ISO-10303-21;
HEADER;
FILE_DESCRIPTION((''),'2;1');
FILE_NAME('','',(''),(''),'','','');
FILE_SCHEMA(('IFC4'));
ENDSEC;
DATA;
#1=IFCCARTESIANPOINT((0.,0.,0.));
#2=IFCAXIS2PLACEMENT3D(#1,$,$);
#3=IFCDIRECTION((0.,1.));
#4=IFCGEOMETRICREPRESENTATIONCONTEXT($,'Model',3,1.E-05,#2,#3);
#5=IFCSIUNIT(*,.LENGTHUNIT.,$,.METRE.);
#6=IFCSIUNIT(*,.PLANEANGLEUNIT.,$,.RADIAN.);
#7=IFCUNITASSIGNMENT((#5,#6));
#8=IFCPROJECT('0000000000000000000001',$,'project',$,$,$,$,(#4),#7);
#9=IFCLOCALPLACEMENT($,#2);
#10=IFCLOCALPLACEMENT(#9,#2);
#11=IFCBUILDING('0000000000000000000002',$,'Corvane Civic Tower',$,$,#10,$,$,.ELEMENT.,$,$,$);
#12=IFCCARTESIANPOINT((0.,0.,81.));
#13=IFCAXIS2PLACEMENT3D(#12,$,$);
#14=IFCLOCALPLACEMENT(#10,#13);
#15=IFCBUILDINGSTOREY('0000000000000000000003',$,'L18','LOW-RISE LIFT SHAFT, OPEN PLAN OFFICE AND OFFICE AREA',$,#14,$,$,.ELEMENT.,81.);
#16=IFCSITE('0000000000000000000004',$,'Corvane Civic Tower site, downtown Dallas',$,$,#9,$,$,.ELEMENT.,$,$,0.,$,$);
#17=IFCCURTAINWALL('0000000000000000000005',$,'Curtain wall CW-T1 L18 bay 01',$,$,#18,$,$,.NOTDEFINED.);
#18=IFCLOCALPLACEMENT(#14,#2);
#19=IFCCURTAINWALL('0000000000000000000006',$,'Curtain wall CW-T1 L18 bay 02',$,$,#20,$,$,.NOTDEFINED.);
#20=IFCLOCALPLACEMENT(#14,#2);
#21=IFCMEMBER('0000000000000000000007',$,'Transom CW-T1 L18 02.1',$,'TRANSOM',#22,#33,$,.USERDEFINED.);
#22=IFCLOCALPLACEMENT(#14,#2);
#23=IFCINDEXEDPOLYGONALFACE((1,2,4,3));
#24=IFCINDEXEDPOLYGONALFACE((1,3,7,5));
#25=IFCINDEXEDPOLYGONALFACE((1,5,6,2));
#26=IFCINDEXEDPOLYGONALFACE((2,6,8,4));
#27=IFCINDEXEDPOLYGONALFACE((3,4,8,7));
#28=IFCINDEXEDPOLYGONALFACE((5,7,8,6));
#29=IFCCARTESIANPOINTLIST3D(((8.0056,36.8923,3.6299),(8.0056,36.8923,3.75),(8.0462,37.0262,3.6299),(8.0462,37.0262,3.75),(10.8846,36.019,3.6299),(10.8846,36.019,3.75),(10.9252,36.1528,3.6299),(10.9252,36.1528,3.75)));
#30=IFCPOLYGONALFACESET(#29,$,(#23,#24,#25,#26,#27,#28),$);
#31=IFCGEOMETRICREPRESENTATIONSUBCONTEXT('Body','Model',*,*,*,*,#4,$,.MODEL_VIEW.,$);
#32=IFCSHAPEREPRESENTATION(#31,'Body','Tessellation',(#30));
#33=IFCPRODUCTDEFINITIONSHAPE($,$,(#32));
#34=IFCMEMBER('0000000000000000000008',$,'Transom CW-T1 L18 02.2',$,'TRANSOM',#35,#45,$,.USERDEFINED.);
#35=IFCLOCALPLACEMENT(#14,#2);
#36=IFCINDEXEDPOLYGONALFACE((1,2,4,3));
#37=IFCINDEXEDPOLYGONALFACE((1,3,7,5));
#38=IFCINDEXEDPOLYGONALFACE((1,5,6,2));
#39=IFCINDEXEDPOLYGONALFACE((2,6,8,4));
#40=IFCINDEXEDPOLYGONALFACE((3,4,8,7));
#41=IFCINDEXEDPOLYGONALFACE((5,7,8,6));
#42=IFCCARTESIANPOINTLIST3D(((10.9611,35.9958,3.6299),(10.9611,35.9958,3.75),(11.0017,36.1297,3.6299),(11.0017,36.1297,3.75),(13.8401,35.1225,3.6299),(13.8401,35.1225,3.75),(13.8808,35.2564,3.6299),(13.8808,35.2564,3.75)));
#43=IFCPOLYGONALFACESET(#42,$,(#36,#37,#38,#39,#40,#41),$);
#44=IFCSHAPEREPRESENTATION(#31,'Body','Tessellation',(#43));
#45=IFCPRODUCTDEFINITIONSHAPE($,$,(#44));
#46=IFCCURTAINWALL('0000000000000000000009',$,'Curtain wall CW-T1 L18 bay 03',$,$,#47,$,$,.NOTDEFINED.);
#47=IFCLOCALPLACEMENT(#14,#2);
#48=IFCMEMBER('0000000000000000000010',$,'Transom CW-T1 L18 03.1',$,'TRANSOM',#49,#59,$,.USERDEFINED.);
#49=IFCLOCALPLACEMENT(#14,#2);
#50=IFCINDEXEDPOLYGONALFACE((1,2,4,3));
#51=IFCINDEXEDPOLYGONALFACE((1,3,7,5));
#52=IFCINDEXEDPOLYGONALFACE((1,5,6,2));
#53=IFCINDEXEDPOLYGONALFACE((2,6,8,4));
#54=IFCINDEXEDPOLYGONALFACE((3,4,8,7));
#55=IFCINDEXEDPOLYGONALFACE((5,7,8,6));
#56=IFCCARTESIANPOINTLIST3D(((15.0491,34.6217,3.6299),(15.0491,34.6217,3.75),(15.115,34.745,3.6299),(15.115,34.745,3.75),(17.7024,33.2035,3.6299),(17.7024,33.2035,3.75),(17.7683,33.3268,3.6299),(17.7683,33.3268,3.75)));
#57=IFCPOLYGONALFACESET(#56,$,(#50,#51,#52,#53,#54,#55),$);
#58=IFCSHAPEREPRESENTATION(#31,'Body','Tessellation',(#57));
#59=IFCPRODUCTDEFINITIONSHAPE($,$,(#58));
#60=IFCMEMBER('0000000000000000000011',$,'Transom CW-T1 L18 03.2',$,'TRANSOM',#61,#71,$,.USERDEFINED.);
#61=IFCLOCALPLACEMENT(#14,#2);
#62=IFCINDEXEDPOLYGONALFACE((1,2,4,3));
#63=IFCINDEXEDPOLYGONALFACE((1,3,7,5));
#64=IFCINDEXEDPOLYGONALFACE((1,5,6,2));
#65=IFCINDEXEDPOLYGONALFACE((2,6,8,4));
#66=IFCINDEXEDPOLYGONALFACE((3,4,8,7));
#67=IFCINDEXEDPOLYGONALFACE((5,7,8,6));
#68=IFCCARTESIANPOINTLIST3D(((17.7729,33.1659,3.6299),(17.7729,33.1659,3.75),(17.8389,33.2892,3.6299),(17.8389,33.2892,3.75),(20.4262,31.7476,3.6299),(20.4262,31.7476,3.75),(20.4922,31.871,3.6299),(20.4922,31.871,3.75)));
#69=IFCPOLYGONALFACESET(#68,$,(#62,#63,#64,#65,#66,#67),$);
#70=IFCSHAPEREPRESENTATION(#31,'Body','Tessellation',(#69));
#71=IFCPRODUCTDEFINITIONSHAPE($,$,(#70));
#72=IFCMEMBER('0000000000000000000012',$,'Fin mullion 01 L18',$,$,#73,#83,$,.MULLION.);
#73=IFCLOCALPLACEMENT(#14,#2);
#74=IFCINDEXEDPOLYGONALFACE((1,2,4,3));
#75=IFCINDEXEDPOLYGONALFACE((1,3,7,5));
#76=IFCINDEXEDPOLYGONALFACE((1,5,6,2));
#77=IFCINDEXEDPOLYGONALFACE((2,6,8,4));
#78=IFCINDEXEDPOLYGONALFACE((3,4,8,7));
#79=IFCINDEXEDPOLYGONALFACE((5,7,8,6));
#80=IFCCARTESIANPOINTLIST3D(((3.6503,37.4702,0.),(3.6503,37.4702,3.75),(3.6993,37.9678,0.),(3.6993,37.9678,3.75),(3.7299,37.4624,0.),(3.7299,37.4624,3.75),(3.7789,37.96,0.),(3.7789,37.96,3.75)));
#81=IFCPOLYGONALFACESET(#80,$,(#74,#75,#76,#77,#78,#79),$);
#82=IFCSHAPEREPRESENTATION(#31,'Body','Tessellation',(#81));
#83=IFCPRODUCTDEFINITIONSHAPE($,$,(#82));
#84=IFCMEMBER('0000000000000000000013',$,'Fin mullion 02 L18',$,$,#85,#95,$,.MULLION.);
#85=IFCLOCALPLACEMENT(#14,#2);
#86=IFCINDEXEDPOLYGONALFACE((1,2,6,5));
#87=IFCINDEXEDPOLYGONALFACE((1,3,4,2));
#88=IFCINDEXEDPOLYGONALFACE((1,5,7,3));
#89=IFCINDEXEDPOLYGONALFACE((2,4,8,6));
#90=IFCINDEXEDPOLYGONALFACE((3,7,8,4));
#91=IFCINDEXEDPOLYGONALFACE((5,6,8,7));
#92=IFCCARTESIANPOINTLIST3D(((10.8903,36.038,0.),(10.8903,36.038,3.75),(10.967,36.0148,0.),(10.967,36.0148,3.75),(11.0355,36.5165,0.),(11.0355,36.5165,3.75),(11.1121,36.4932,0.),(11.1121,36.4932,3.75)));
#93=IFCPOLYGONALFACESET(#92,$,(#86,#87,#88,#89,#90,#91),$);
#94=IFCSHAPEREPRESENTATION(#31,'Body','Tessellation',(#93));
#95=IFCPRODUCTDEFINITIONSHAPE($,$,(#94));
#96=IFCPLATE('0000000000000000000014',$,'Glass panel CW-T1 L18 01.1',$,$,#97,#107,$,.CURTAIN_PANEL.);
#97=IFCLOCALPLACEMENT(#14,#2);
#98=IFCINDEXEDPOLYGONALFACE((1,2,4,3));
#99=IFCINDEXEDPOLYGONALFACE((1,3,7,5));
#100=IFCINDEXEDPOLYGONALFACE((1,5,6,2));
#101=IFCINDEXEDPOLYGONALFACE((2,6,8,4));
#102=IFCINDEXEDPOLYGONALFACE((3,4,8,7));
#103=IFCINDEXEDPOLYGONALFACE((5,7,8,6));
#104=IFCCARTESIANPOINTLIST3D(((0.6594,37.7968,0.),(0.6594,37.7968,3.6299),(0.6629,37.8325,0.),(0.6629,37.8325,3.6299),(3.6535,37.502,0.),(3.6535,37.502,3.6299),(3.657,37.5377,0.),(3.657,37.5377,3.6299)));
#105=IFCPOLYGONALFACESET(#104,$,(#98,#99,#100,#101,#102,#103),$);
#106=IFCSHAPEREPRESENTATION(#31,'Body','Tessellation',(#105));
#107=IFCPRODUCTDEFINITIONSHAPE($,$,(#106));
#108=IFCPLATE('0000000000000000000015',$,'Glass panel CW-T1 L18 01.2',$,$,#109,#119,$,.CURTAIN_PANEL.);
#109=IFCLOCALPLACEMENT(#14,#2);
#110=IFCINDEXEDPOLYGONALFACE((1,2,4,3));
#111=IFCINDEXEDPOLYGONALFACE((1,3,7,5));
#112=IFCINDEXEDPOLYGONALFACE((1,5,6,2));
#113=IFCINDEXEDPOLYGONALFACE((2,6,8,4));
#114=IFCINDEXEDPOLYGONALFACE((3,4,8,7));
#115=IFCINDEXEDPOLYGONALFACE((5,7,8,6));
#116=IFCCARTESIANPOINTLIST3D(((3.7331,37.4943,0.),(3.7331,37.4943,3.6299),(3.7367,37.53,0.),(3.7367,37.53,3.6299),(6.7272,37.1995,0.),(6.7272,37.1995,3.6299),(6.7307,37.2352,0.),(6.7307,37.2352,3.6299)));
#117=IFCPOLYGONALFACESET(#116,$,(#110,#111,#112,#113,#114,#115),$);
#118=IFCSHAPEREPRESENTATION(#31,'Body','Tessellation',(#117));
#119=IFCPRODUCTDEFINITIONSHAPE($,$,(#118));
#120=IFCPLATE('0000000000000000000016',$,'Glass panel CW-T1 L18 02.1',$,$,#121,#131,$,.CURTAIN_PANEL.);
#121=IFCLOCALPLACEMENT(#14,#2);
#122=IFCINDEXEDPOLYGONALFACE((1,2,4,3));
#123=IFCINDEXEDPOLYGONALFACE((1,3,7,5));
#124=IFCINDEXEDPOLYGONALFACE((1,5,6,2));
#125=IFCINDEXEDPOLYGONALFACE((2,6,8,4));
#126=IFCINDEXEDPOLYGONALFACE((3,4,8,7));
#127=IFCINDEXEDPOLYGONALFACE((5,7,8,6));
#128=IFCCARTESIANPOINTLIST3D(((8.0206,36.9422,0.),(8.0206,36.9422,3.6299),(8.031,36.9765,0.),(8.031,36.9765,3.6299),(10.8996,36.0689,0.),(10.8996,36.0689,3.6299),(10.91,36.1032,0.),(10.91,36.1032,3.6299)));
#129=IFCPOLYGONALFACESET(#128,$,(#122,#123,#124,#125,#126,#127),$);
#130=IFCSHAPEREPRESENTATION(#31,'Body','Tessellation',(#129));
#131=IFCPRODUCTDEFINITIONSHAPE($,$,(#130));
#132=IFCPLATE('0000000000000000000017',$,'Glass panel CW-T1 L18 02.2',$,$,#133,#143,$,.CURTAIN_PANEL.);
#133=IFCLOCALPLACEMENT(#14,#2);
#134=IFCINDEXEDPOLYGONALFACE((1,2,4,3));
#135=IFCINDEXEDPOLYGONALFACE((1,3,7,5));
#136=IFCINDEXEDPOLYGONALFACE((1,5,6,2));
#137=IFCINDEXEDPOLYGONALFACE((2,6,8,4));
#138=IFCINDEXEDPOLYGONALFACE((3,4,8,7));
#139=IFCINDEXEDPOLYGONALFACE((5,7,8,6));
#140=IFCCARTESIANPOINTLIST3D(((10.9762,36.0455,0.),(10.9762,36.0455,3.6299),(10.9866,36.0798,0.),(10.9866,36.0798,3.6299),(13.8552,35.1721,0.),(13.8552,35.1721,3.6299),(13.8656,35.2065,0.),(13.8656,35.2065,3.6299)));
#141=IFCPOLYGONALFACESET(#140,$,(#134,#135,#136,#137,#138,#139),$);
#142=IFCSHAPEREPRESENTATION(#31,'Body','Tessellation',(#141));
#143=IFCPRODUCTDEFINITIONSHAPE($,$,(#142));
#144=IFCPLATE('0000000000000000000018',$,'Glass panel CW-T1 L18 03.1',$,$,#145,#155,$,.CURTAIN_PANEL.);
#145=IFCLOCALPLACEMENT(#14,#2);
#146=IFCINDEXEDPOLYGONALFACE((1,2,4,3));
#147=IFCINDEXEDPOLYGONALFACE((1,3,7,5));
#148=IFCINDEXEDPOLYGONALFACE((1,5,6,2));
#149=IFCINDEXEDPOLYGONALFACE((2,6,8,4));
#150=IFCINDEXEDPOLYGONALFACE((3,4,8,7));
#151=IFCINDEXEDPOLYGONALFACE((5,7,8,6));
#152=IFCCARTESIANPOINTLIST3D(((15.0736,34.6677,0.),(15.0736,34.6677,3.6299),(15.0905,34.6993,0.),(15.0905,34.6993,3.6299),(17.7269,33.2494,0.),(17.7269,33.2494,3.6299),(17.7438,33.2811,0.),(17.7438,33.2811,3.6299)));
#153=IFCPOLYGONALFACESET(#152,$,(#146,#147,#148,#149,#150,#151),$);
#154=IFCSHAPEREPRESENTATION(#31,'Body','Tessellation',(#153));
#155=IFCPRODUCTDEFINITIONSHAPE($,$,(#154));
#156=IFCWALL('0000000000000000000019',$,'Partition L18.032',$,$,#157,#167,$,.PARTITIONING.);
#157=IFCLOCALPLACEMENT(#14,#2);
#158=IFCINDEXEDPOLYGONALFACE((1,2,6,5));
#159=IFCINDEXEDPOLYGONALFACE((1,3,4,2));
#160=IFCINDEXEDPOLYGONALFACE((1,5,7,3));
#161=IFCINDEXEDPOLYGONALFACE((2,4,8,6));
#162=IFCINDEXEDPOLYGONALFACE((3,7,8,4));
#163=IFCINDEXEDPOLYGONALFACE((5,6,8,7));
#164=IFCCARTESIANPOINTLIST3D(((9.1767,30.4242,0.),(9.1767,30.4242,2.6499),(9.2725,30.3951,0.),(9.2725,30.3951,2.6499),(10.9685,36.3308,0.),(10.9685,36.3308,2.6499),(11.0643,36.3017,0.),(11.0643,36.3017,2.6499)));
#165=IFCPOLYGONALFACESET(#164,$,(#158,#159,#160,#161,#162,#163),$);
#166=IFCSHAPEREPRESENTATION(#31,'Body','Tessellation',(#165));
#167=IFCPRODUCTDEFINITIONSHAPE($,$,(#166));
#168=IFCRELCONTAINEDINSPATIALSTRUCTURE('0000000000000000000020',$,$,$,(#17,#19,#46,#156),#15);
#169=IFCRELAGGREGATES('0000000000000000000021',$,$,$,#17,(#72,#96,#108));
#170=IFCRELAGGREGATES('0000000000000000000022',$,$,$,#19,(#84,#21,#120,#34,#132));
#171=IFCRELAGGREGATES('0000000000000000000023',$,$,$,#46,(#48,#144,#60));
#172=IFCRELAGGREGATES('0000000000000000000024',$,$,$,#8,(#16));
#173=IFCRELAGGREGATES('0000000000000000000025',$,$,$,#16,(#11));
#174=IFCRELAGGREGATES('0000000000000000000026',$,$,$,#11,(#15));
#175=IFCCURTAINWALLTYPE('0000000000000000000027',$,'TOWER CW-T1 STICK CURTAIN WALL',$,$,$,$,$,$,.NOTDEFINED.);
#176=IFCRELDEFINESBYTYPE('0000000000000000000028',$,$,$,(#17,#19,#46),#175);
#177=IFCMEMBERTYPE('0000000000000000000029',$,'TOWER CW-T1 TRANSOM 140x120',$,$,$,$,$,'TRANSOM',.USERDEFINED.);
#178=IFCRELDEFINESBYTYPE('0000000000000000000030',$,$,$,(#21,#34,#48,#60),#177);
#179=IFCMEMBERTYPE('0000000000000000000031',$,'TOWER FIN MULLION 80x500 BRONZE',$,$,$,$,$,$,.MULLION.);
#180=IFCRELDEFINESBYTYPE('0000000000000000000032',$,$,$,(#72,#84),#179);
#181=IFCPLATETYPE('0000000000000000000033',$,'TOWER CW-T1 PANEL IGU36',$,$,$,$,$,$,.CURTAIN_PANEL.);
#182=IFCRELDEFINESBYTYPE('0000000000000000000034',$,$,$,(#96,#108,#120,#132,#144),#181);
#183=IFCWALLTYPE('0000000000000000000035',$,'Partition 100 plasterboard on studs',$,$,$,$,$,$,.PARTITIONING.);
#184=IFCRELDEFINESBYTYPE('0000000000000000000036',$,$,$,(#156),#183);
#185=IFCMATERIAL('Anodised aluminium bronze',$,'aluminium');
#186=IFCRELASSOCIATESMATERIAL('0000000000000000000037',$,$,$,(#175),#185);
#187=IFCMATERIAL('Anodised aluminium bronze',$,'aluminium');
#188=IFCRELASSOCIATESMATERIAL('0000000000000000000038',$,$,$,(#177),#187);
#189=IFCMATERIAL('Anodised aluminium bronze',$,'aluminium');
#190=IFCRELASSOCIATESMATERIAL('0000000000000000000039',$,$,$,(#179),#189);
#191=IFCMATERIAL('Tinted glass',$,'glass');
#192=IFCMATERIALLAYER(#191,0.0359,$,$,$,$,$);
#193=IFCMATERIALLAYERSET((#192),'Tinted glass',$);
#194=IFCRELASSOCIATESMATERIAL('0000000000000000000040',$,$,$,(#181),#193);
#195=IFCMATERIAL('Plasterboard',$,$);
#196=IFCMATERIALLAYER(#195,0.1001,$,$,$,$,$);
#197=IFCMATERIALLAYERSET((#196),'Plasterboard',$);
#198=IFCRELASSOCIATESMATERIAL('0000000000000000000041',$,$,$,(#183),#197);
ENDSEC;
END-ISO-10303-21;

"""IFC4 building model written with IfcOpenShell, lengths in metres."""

from ifc_helpers import new_model, si_unit, direction, frame, frame_2d, origin, origin_2d, place, context, subcontext, project, spatial, rectangle, extrude, material, layer, layer_set, material_profile, profile_set, type_object, element, aggregate, save


model = new_model("IFC4")

# Units and contexts
model_context = context("Model", 3, precision=1e-05, world=origin(), true_north=direction((0.0, 1.0)))
body_context = subcontext(model_context, "Body", "Model", "MODEL_VIEW")
ifc_project = project(units=[si_unit("LENGTHUNIT", "METRE"), si_unit("PLANEANGLEUNIT", "RADIAN")], contexts=[model_context])

# Site, building, storey
site_placement = place(None, origin())
site = spatial("IfcSite", under=ifc_project, at=site_placement, Name="Corvane Civic Tower site, downtown Dallas", CompositionType="ELEMENT", RefElevation=0.0)
building_placement = place(site_placement, origin())
building = spatial("IfcBuilding", under=site, at=building_placement, Name="Corvane Civic Tower", CompositionType="ELEMENT")
storey_placement = place(building_placement, frame((0.0, 0.0, 81.0)))
storey = spatial("IfcBuildingStorey", under=building, at=storey_placement, Name="L18", Description="LOW-RISE LIFT SHAFT, OPEN PLAN OFFICE AND OFFICE AREA", CompositionType="ELEMENT", Elevation=81.0)

# Curtain walls, members
ifc_material_1 = material(Name="Anodised aluminium bronze", Category="aluminium")
curtain_wall_type = type_object("IfcCurtainWallType", Name="TOWER CW-T1 STICK CURTAIN WALL", PredefinedType="NOTDEFINED", material=ifc_material_1)
curtain_wall_1_placement = place(storey_placement, origin())
curtain_wall_1 = element("IfcCurtainWall", 1, at=curtain_wall_1_placement, inside=storey, type_object=curtain_wall_type, Name="Curtain wall CW-T1 L18 bay 01", PredefinedType="NOTDEFINED")
ifc_material_2 = material(Name="Anodised aluminium bronze", Category="aluminium")
ifc_material_profile_1 = material_profile(ifc_material_2, rectangle(XDim=0.1399, YDim=0.1201, at=origin_2d()), Name="TOWER CW-T1 TRANSOM 140x120")
ifc_profile_set_1 = profile_set([ifc_material_profile_1], Name="Anodised aluminium bronze")
member_type_1 = type_object("IfcMemberType", Name="TOWER CW-T1 TRANSOM 140x120", ElementType="TRANSOM", PredefinedType="USERDEFINED", material=ifc_profile_set_1)
curtain_wall_2_placement = place(storey_placement, origin())
curtain_wall_2 = element("IfcCurtainWall", 2, at=curtain_wall_2_placement, inside=storey, type_object=curtain_wall_type, Name="Curtain wall CW-T1 L18 bay 02", PredefinedType="NOTDEFINED")
member_1_placement = place(storey_placement, frame((8.0259, 36.9592, 3.6899), z_axis=(0.956942, -0.29028, 0.0), x_axis=(0.29028, 0.956942, 0.0)))
member_1 = element("IfcMember", 3, at=member_1_placement, type_object=member_type_1, Name="Transom CW-T1 L18 02.1", ObjectType="TRANSOM", PredefinedType="USERDEFINED", context=body_context, shape_type="SweptSolid", body=[
    extrude(rectangle(XDim=0.1399, YDim=0.1201, at=origin_2d()), origin(), (0.0, 0.0, 1.0), 3.0085),
])
member_2_placement = place(storey_placement, frame((10.9814, 36.0627, 3.6899), z_axis=(0.956942, -0.29028, 0.0), x_axis=(0.29028, 0.956942, 0.0)))
member_2 = element("IfcMember", 4, at=member_2_placement, type_object=member_type_1, Name="Transom CW-T1 L18 02.2", ObjectType="TRANSOM", PredefinedType="USERDEFINED", context=body_context, shape_type="SweptSolid", body=[
    extrude(rectangle(XDim=0.1399, YDim=0.1201, at=origin_2d()), origin(), (0.0, 0.0, 1.0), 3.0085),
])
curtain_wall_3_placement = place(storey_placement, origin())
curtain_wall_3 = element("IfcCurtainWall", 5, at=curtain_wall_3_placement, inside=storey, type_object=curtain_wall_type, Name="Curtain wall CW-T1 L18 bay 03", PredefinedType="NOTDEFINED")
member_3_placement = place(storey_placement, frame((15.082, 34.6833, 3.6899), z_axis=(0.881924, -0.471393, 0.0), x_axis=(0.471393, 0.881924, 0.0)))
member_3 = element("IfcMember", 6, at=member_3_placement, type_object=member_type_1, Name="Transom CW-T1 L18 03.1", ObjectType="TRANSOM", PredefinedType="USERDEFINED", context=body_context, shape_type="SweptSolid", body=[
    extrude(rectangle(XDim=0.1399, YDim=0.1201, at=origin_2d()), origin(), (0.0, 0.0, 1.0), 3.0085),
])
member_4_placement = place(storey_placement, frame((17.8059, 33.2275, 3.6899), z_axis=(0.881924, -0.471393, 0.0), x_axis=(0.471393, 0.881924, 0.0)))
member_4 = element("IfcMember", 7, at=member_4_placement, type_object=member_type_1, Name="Transom CW-T1 L18 03.2", ObjectType="TRANSOM", PredefinedType="USERDEFINED", context=body_context, shape_type="SweptSolid", body=[
    extrude(rectangle(XDim=0.1399, YDim=0.1201, at=origin_2d()), origin(), (0.0, 0.0, 1.0), 3.0085),
])

# Members
ifc_material_3 = material(Name="Anodised aluminium bronze", Category="aluminium")
ifc_material_profile_2 = material_profile(ifc_material_3, rectangle(XDim=0.0801, YDim=0.5, at=origin_2d()), Name="TOWER FIN MULLION 80x500 BRONZE")
ifc_profile_set_2 = profile_set([ifc_material_profile_2], Name="Anodised aluminium bronze")
member_type_2 = type_object("IfcMemberType", Name="TOWER FIN MULLION 80x500 BRONZE", PredefinedType="MULLION", material=ifc_profile_set_2)
member_5_placement = place(storey_placement, frame((3.7146, 37.7151, 0.0), z_axis=(0.0, 0.0, 1.0), x_axis=(0.995186, -0.098006, 0.0)))
member_5 = element("IfcMember", 8, at=member_5_placement, type_object=member_type_2, Name="Fin mullion 01 L18", PredefinedType="MULLION", context=body_context, shape_type="SweptSolid", body=[
    extrude(rectangle(XDim=0.0801, YDim=0.5, at=origin_2d()), origin(), (0.0, 0.0, 1.0), 3.75),
])
member_6_placement = place(storey_placement, frame((11.0012, 36.2656, 0.0), z_axis=(0.0, 0.0, 1.0), x_axis=(0.956942, -0.290278, 0.0)))
member_6 = element("IfcMember", 9, at=member_6_placement, type_object=member_type_2, Name="Fin mullion 02 L18", PredefinedType="MULLION", context=body_context, shape_type="SweptSolid", body=[
    extrude(rectangle(XDim=0.0801, YDim=0.5, at=origin_2d()), origin(), (0.0, 0.0, 1.0), 3.75),
])

# Plates
ifc_material_4 = material(Name="Tinted glass", Category="glass")
ifc_layer_1 = layer(ifc_material_4, 0.0359)
ifc_layer_set_1 = layer_set([ifc_layer_1], Name="Tinted glass")
plate_type = type_object("IfcPlateType", Name="TOWER CW-T1 PANEL IGU36", PredefinedType="CURTAIN_PANEL", material=ifc_layer_set_1)
plate_1_placement = place(storey_placement, frame((2.1582, 37.6672, 0.0), z_axis=(0.0, 0.0, 1.0), x_axis=(0.995186, -0.098006, 0.0)))
plate_1 = element("IfcPlate", 10, at=plate_1_placement, type_object=plate_type, Name="Glass panel CW-T1 L18 01.1", PredefinedType="CURTAIN_PANEL", context=body_context, shape_type="SweptSolid", body=[
    extrude(rectangle(XDim=3.0085, YDim=0.0359, at=origin_2d()), origin(), (0.0, 0.0, 1.0), 3.6299),
])
plate_2_placement = place(storey_placement, frame((5.2319, 37.3647, 0.0), z_axis=(0.0, 0.0, 1.0), x_axis=(0.995186, -0.098006, 0.0)))
plate_2 = element("IfcPlate", 11, at=plate_2_placement, type_object=plate_type, Name="Glass panel CW-T1 L18 01.2", PredefinedType="CURTAIN_PANEL", context=body_context, shape_type="SweptSolid", body=[
    extrude(rectangle(XDim=3.0085, YDim=0.0359, at=origin_2d()), origin(), (0.0, 0.0, 1.0), 3.6299),
])
aggregate(curtain_wall_1, [member_5, plate_1, plate_2])
plate_3_placement = place(storey_placement, frame((9.4653, 36.5227, 0.0), z_axis=(0.0, 0.0, 1.0), x_axis=(0.956942, -0.290278, 0.0)))
plate_3 = element("IfcPlate", 12, at=plate_3_placement, type_object=plate_type, Name="Glass panel CW-T1 L18 02.1", PredefinedType="CURTAIN_PANEL", context=body_context, shape_type="SweptSolid", body=[
    extrude(rectangle(XDim=3.0085, YDim=0.0359, at=origin_2d()), origin(), (0.0, 0.0, 1.0), 3.6299),
])
plate_4_placement = place(storey_placement, frame((12.4209, 35.626, 0.0), z_axis=(0.0, 0.0, 1.0), x_axis=(0.956942, -0.290278, 0.0)))
plate_4 = element("IfcPlate", 13, at=plate_4_placement, type_object=plate_type, Name="Glass panel CW-T1 L18 02.2", PredefinedType="CURTAIN_PANEL", context=body_context, shape_type="SweptSolid", body=[
    extrude(rectangle(XDim=3.0085, YDim=0.0359, at=origin_2d()), origin(), (0.0, 0.0, 1.0), 3.6299),
])
aggregate(curtain_wall_2, [member_6, member_1, plate_3, member_2, plate_4])
plate_5_placement = place(storey_placement, frame((16.4087, 33.9744, 0.0), z_axis=(0.0, 0.0, 1.0), x_axis=(0.881918, -0.471404, 0.0)))
plate_5 = element("IfcPlate", 14, at=plate_5_placement, type_object=plate_type, Name="Glass panel CW-T1 L18 03.1", PredefinedType="CURTAIN_PANEL", context=body_context, shape_type="SweptSolid", body=[
    extrude(rectangle(XDim=3.0085, YDim=0.0359, at=origin_2d()), origin(), (0.0, 0.0, 1.0), 3.6299),
])
aggregate(curtain_wall_3, [member_3, plate_5, member_4])

# Wall
ifc_material_5 = material(Name="Plasterboard")
ifc_layer_2 = layer(ifc_material_5, 0.1001)
ifc_layer_set_2 = layer_set([ifc_layer_2], Name="Plasterboard")
wall_type = type_object("IfcWallType", Name="Partition 100 plasterboard on studs", PredefinedType="PARTITIONING", material=ifc_layer_set_2)
wall_placement = place(storey_placement, frame((9.2246, 30.4097, 0.0), z_axis=(0.0, 0.0, 1.0), x_axis=(0.29029, 0.956939, 0.0)))
element("IfcWall", 15, at=wall_placement, inside=storey, type_object=wall_type, Name="Partition L18.032", PredefinedType="PARTITIONING", context=body_context, shape_type="SweptSolid", body=[
    extrude(rectangle(XDim=6.1724, YDim=0.1001, at=frame_2d((3.0862, 0.0))), origin(), (0.0, 0.0, 1.0), 2.6499),
])

save(model, "model.ifc")
